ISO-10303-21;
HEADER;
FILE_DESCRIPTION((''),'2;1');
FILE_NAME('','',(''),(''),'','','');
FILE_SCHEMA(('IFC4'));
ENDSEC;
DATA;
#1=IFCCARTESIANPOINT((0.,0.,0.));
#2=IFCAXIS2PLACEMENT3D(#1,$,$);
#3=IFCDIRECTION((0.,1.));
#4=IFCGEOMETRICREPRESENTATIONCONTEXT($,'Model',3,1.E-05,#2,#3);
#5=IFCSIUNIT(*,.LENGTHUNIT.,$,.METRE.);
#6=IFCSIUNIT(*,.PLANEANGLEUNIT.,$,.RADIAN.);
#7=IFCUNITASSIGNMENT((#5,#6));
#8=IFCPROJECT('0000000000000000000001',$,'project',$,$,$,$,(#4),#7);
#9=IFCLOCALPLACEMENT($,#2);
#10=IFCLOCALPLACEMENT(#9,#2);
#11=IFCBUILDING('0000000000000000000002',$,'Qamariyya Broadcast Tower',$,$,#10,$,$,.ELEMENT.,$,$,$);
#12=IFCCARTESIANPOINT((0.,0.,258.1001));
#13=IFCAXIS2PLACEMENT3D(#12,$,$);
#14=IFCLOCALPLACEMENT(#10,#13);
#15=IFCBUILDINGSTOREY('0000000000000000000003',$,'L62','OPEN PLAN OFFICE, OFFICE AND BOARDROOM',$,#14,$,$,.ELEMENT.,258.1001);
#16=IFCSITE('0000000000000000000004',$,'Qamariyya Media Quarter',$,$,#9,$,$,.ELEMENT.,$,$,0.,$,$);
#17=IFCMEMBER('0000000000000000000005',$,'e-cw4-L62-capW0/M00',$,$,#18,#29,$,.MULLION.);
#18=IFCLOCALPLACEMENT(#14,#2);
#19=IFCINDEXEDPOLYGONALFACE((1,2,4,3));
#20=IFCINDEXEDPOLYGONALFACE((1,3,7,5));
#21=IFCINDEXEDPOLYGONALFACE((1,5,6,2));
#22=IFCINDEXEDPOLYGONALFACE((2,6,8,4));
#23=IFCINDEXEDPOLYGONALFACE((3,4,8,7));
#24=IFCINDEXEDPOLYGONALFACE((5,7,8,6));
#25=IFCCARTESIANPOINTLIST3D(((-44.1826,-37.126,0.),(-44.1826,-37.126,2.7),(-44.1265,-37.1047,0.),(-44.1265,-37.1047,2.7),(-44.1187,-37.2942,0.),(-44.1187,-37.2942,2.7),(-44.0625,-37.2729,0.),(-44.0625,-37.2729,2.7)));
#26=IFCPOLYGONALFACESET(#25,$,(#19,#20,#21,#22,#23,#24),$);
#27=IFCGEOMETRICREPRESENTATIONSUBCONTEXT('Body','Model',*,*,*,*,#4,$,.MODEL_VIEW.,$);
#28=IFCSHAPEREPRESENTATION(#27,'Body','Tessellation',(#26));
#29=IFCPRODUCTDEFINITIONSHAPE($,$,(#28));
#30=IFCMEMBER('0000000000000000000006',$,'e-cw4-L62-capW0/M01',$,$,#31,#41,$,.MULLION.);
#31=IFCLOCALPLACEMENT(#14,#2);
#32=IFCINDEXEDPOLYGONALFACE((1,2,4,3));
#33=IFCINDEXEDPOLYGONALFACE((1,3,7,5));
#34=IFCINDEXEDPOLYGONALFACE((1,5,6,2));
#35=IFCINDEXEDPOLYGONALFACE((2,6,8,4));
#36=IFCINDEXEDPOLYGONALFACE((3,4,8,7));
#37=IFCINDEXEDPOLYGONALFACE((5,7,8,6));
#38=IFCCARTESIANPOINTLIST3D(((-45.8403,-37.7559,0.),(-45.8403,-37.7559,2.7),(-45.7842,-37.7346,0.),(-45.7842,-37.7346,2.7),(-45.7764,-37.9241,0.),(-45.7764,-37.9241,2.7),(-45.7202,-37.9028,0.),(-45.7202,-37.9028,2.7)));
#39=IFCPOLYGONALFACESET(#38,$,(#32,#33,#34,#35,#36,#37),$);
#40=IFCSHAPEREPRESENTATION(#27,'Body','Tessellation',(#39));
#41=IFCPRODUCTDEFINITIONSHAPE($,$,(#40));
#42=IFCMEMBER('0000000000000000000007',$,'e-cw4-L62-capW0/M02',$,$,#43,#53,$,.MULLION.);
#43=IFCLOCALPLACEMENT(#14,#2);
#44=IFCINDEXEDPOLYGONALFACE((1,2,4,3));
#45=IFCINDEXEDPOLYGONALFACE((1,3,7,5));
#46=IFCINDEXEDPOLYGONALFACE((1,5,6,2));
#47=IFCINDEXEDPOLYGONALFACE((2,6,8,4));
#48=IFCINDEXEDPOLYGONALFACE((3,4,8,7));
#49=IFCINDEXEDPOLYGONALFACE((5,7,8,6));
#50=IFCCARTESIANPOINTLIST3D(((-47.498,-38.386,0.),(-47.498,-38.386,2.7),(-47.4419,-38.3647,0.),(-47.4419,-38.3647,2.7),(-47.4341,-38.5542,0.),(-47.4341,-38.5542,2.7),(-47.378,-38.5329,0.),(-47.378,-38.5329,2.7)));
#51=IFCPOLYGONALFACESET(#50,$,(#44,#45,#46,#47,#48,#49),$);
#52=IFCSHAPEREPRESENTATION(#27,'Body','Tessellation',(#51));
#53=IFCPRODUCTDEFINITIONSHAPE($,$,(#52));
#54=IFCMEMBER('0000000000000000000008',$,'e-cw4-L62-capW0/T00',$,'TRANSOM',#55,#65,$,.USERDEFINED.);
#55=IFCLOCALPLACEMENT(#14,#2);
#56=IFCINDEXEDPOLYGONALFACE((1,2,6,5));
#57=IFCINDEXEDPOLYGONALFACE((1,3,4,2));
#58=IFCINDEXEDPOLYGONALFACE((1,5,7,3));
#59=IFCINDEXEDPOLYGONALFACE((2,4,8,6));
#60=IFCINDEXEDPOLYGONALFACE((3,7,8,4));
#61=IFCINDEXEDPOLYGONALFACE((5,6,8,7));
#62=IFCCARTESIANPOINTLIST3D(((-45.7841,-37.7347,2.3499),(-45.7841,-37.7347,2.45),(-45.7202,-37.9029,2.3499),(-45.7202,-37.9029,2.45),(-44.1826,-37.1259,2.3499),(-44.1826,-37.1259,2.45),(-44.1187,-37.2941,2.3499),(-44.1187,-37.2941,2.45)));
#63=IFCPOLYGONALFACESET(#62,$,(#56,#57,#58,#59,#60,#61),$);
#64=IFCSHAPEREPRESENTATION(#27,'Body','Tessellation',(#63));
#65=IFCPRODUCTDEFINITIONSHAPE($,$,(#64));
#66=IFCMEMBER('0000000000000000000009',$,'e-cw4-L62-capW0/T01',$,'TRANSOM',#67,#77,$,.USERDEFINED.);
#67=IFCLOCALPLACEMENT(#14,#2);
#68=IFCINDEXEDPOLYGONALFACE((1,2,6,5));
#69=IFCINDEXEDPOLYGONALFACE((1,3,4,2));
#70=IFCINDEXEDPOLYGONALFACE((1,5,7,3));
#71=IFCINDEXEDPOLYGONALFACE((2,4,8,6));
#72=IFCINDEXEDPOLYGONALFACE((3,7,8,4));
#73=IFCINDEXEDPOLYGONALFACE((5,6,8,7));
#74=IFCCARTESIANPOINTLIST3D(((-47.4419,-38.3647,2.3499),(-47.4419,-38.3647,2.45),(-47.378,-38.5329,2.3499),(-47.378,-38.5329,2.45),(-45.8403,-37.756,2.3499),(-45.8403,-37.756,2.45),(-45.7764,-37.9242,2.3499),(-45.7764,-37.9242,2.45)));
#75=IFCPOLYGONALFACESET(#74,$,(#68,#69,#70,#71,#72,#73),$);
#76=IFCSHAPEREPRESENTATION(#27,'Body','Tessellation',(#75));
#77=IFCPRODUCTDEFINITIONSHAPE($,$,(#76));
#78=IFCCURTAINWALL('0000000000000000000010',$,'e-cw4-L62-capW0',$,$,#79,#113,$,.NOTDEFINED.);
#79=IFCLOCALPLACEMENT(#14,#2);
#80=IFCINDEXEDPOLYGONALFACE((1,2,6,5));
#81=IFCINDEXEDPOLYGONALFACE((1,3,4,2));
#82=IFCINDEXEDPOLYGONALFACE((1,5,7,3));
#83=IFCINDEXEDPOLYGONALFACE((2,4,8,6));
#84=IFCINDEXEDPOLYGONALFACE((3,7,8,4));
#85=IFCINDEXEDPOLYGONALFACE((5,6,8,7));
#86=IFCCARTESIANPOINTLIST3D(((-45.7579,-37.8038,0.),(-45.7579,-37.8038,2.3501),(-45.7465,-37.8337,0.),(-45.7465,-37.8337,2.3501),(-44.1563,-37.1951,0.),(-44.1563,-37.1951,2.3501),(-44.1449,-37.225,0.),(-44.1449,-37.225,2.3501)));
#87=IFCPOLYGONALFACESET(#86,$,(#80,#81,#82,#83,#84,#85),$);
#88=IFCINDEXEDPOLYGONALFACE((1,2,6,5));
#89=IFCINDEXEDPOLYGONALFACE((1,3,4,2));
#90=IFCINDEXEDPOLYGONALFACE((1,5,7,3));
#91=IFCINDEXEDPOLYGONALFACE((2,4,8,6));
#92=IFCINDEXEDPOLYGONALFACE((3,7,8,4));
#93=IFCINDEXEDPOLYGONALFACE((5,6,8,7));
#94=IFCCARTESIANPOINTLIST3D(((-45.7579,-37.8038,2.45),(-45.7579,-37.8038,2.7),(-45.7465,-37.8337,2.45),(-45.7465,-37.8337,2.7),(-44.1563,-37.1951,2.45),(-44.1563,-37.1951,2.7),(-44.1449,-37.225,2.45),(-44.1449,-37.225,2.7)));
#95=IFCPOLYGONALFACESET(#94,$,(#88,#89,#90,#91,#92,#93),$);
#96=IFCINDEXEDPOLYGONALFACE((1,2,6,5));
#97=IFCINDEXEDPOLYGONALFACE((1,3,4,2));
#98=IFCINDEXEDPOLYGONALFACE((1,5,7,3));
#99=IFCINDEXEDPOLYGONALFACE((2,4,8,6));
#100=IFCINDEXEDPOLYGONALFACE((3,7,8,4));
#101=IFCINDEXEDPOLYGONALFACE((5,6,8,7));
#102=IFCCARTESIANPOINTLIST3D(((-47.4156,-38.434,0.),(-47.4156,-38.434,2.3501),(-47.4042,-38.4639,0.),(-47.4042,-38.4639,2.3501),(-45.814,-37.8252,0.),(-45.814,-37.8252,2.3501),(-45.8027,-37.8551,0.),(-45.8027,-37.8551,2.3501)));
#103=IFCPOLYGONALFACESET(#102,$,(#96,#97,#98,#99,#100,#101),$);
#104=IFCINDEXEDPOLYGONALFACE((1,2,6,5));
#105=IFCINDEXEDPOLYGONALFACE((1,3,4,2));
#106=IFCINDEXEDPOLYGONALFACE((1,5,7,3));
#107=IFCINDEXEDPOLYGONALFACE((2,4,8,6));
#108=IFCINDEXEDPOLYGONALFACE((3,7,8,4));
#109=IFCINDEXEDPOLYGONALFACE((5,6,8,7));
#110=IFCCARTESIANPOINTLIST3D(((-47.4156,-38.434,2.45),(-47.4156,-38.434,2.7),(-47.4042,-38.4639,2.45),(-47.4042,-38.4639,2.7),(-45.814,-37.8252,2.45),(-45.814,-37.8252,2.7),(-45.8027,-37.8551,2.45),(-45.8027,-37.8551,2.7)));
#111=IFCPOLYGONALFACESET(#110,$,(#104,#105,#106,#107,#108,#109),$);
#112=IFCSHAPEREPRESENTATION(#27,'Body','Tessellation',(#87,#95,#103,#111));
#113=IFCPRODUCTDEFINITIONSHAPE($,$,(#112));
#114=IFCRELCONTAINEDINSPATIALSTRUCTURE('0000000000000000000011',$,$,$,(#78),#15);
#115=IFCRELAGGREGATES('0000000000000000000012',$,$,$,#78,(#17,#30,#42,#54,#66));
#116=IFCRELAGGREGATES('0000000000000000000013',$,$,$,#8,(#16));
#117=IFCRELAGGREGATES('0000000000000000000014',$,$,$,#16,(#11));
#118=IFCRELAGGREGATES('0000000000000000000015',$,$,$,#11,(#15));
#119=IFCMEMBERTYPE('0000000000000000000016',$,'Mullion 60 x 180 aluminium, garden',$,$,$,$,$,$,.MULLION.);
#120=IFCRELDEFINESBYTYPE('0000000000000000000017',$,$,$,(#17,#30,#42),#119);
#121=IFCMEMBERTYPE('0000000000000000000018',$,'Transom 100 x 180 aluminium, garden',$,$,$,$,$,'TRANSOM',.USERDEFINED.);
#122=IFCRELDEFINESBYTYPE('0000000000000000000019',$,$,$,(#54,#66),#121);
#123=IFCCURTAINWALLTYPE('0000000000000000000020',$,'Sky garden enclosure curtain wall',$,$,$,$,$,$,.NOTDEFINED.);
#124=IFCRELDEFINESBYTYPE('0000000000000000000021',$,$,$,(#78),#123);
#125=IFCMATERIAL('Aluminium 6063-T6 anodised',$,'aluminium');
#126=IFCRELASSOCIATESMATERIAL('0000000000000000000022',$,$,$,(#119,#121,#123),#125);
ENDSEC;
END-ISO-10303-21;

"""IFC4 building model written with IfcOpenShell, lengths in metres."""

from ifc_helpers import new_model, si_unit, direction, frame, origin, origin_2d, place, context, subcontext, project, spatial, rectangle, extrude, material, material_profile, profile_set, type_object, element, aggregate, save


model = new_model("IFC4")

# Units and contexts
model_context = context("Model", 3, precision=1e-05, world=origin(), true_north=direction((0.0, 1.0)))
body_context = subcontext(model_context, "Body", "Model", "MODEL_VIEW")
ifc_project = project(units=[si_unit("LENGTHUNIT", "METRE"), si_unit("PLANEANGLEUNIT", "RADIAN")], contexts=[model_context])

# Members
ifc_material = material(Name="Aluminium 6063-T6 anodised", Category="aluminium")
ifc_material_profile_1 = material_profile(ifc_material, rectangle(XDim=0.1799, YDim=0.0601, at=origin_2d()))
ifc_profile_set_1 = profile_set([ifc_material_profile_1], Name="Aluminium 6063-T6 anodised")
member_type_1 = type_object("IfcMemberType", Name="Mullion 60 x 180 aluminium, garden", PredefinedType="MULLION", material=ifc_profile_set_1)
site_placement = place(None, origin())
building_placement = place(site_placement, origin())
storey_placement = place(building_placement, frame((0.0, 0.0, 258.1001)))
member_1_placement = place(storey_placement, frame((-44.1226, -37.1995, 0.0), z_axis=(0.0, 0.0, 1.0), x_axis=(0.35529, -0.934756, 0.0)))
member_1 = element("IfcMember", 1, at=member_1_placement, type_object=member_type_1, Name="e-cw4-L62-capW0/M00", PredefinedType="MULLION", context=body_context, shape_type="SweptSolid", body=[
    extrude(rectangle(XDim=0.1799, YDim=0.0601, at=origin_2d()), origin(), (0.0, 0.0, 1.0), 2.7),
])
member_2_placement = place(storey_placement, frame((-45.7803, -37.8293, 0.0), z_axis=(0.0, 0.0, 1.0), x_axis=(0.35529, -0.934756, 0.0)))
member_2 = element("IfcMember", 2, at=member_2_placement, type_object=member_type_1, Name="e-cw4-L62-capW0/M01", PredefinedType="MULLION", context=body_context, shape_type="SweptSolid", body=[
    extrude(rectangle(XDim=0.1799, YDim=0.0601, at=origin_2d()), origin(), (0.0, 0.0, 1.0), 2.7),
])
member_3_placement = place(storey_placement, frame((-47.438, -38.4595, 0.0), z_axis=(0.0, 0.0, 1.0), x_axis=(0.35529, -0.934756, 0.0)))
member_3 = element("IfcMember", 3, at=member_3_placement, type_object=member_type_1, Name="e-cw4-L62-capW0/M02", PredefinedType="MULLION", context=body_context, shape_type="SweptSolid", body=[
    extrude(rectangle(XDim=0.1799, YDim=0.0601, at=origin_2d()), origin(), (0.0, 0.0, 1.0), 2.7),
])
ifc_material_profile_2 = material_profile(ifc_material, rectangle(XDim=0.1799, YDim=0.1001, at=origin_2d()))
ifc_profile_set_2 = profile_set([ifc_material_profile_2], Name="Aluminium 6063-T6 anodised")
member_type_2 = type_object("IfcMemberType", Name="Transom 100 x 180 aluminium, garden", ElementType="TRANSOM", PredefinedType="USERDEFINED", material=ifc_profile_set_2)
member_4_placement = place(storey_placement, frame((-44.1506, -37.21, 2.3999), z_axis=(-0.934727, -0.355367, 0.0), x_axis=(0.355367, -0.934727, 0.0)))
member_4 = element("IfcMember", 4, at=member_4_placement, type_object=member_type_2, Name="e-cw4-L62-capW0/T00", ObjectType="TRANSOM", PredefinedType="USERDEFINED", context=body_context, shape_type="SweptSolid", body=[
    extrude(rectangle(XDim=0.1799, YDim=0.1001, at=origin_2d()), origin(), (0.0, 0.0, 1.0), 1.7134),
])
member_5_placement = place(storey_placement, frame((-45.8083, -37.8401, 2.3999), z_axis=(-0.934774, -0.355243, 0.0), x_axis=(0.355243, -0.934774, 0.0)))
member_5 = element("IfcMember", 5, at=member_5_placement, type_object=member_type_2, Name="e-cw4-L62-capW0/T01", ObjectType="TRANSOM", PredefinedType="USERDEFINED", context=body_context, shape_type="SweptSolid", body=[
    extrude(rectangle(XDim=0.1799, YDim=0.1001, at=origin_2d()), origin(), (0.0, 0.0, 1.0), 1.7134),
])

# Site, building, storey
site = spatial("IfcSite", under=ifc_project, at=site_placement, Name="Qamariyya Media Quarter", CompositionType="ELEMENT", RefElevation=0.0)
building = spatial("IfcBuilding", under=site, at=building_placement, Name="Qamariyya Broadcast Tower", CompositionType="ELEMENT")
storey = spatial("IfcBuildingStorey", under=building, at=storey_placement, Name="L62", Description="OPEN PLAN OFFICE, OFFICE AND BOARDROOM", CompositionType="ELEMENT", Elevation=258.1001)

# Curtain wall
curtain_wall_type_1 = type_object("IfcCurtainWallType", Name="Sky garden enclosure curtain wall", PredefinedType="NOTDEFINED", material=ifc_material)
curtain_wall_1_placement = place(storey_placement, origin())
curtain_wall_1 = element("IfcCurtainWall", 6, at=curtain_wall_1_placement, inside=storey, type_object=curtain_wall_type_1, Name="e-cw4-L62-capW0", PredefinedType="NOTDEFINED", context=body_context, shape_type="SweptSolid", body=[
    extrude(rectangle(XDim=1.7134, YDim=0.032, at=origin_2d()), frame((-44.9514, -37.5144, 0.0), x_axis=(-0.934757, -0.355289, 0.0)), (0.0, 0.0, 1.0), 2.3501),
    extrude(rectangle(XDim=1.7134, YDim=0.032, at=origin_2d()), frame((-44.9514, -37.5144, 2.45), x_axis=(-0.934757, -0.355289, 0.0)), (0.0, 0.0, 1.0), 0.25),
    extrude(rectangle(XDim=1.7134, YDim=0.032, at=origin_2d()), frame((-46.6091, -38.1445, 0.0), x_axis=(-0.934757, -0.355289, 0.0)), (0.0, 0.0, 1.0), 2.3501),
    extrude(rectangle(XDim=1.7134, YDim=0.032, at=origin_2d()), frame((-46.6091, -38.1445, 2.45), x_axis=(-0.934757, -0.355289, 0.0)), (0.0, 0.0, 1.0), 0.25),
])
aggregate(curtain_wall_1, [member_1, member_2, member_3, member_4, member_5])

save(model, "model.ifc")
